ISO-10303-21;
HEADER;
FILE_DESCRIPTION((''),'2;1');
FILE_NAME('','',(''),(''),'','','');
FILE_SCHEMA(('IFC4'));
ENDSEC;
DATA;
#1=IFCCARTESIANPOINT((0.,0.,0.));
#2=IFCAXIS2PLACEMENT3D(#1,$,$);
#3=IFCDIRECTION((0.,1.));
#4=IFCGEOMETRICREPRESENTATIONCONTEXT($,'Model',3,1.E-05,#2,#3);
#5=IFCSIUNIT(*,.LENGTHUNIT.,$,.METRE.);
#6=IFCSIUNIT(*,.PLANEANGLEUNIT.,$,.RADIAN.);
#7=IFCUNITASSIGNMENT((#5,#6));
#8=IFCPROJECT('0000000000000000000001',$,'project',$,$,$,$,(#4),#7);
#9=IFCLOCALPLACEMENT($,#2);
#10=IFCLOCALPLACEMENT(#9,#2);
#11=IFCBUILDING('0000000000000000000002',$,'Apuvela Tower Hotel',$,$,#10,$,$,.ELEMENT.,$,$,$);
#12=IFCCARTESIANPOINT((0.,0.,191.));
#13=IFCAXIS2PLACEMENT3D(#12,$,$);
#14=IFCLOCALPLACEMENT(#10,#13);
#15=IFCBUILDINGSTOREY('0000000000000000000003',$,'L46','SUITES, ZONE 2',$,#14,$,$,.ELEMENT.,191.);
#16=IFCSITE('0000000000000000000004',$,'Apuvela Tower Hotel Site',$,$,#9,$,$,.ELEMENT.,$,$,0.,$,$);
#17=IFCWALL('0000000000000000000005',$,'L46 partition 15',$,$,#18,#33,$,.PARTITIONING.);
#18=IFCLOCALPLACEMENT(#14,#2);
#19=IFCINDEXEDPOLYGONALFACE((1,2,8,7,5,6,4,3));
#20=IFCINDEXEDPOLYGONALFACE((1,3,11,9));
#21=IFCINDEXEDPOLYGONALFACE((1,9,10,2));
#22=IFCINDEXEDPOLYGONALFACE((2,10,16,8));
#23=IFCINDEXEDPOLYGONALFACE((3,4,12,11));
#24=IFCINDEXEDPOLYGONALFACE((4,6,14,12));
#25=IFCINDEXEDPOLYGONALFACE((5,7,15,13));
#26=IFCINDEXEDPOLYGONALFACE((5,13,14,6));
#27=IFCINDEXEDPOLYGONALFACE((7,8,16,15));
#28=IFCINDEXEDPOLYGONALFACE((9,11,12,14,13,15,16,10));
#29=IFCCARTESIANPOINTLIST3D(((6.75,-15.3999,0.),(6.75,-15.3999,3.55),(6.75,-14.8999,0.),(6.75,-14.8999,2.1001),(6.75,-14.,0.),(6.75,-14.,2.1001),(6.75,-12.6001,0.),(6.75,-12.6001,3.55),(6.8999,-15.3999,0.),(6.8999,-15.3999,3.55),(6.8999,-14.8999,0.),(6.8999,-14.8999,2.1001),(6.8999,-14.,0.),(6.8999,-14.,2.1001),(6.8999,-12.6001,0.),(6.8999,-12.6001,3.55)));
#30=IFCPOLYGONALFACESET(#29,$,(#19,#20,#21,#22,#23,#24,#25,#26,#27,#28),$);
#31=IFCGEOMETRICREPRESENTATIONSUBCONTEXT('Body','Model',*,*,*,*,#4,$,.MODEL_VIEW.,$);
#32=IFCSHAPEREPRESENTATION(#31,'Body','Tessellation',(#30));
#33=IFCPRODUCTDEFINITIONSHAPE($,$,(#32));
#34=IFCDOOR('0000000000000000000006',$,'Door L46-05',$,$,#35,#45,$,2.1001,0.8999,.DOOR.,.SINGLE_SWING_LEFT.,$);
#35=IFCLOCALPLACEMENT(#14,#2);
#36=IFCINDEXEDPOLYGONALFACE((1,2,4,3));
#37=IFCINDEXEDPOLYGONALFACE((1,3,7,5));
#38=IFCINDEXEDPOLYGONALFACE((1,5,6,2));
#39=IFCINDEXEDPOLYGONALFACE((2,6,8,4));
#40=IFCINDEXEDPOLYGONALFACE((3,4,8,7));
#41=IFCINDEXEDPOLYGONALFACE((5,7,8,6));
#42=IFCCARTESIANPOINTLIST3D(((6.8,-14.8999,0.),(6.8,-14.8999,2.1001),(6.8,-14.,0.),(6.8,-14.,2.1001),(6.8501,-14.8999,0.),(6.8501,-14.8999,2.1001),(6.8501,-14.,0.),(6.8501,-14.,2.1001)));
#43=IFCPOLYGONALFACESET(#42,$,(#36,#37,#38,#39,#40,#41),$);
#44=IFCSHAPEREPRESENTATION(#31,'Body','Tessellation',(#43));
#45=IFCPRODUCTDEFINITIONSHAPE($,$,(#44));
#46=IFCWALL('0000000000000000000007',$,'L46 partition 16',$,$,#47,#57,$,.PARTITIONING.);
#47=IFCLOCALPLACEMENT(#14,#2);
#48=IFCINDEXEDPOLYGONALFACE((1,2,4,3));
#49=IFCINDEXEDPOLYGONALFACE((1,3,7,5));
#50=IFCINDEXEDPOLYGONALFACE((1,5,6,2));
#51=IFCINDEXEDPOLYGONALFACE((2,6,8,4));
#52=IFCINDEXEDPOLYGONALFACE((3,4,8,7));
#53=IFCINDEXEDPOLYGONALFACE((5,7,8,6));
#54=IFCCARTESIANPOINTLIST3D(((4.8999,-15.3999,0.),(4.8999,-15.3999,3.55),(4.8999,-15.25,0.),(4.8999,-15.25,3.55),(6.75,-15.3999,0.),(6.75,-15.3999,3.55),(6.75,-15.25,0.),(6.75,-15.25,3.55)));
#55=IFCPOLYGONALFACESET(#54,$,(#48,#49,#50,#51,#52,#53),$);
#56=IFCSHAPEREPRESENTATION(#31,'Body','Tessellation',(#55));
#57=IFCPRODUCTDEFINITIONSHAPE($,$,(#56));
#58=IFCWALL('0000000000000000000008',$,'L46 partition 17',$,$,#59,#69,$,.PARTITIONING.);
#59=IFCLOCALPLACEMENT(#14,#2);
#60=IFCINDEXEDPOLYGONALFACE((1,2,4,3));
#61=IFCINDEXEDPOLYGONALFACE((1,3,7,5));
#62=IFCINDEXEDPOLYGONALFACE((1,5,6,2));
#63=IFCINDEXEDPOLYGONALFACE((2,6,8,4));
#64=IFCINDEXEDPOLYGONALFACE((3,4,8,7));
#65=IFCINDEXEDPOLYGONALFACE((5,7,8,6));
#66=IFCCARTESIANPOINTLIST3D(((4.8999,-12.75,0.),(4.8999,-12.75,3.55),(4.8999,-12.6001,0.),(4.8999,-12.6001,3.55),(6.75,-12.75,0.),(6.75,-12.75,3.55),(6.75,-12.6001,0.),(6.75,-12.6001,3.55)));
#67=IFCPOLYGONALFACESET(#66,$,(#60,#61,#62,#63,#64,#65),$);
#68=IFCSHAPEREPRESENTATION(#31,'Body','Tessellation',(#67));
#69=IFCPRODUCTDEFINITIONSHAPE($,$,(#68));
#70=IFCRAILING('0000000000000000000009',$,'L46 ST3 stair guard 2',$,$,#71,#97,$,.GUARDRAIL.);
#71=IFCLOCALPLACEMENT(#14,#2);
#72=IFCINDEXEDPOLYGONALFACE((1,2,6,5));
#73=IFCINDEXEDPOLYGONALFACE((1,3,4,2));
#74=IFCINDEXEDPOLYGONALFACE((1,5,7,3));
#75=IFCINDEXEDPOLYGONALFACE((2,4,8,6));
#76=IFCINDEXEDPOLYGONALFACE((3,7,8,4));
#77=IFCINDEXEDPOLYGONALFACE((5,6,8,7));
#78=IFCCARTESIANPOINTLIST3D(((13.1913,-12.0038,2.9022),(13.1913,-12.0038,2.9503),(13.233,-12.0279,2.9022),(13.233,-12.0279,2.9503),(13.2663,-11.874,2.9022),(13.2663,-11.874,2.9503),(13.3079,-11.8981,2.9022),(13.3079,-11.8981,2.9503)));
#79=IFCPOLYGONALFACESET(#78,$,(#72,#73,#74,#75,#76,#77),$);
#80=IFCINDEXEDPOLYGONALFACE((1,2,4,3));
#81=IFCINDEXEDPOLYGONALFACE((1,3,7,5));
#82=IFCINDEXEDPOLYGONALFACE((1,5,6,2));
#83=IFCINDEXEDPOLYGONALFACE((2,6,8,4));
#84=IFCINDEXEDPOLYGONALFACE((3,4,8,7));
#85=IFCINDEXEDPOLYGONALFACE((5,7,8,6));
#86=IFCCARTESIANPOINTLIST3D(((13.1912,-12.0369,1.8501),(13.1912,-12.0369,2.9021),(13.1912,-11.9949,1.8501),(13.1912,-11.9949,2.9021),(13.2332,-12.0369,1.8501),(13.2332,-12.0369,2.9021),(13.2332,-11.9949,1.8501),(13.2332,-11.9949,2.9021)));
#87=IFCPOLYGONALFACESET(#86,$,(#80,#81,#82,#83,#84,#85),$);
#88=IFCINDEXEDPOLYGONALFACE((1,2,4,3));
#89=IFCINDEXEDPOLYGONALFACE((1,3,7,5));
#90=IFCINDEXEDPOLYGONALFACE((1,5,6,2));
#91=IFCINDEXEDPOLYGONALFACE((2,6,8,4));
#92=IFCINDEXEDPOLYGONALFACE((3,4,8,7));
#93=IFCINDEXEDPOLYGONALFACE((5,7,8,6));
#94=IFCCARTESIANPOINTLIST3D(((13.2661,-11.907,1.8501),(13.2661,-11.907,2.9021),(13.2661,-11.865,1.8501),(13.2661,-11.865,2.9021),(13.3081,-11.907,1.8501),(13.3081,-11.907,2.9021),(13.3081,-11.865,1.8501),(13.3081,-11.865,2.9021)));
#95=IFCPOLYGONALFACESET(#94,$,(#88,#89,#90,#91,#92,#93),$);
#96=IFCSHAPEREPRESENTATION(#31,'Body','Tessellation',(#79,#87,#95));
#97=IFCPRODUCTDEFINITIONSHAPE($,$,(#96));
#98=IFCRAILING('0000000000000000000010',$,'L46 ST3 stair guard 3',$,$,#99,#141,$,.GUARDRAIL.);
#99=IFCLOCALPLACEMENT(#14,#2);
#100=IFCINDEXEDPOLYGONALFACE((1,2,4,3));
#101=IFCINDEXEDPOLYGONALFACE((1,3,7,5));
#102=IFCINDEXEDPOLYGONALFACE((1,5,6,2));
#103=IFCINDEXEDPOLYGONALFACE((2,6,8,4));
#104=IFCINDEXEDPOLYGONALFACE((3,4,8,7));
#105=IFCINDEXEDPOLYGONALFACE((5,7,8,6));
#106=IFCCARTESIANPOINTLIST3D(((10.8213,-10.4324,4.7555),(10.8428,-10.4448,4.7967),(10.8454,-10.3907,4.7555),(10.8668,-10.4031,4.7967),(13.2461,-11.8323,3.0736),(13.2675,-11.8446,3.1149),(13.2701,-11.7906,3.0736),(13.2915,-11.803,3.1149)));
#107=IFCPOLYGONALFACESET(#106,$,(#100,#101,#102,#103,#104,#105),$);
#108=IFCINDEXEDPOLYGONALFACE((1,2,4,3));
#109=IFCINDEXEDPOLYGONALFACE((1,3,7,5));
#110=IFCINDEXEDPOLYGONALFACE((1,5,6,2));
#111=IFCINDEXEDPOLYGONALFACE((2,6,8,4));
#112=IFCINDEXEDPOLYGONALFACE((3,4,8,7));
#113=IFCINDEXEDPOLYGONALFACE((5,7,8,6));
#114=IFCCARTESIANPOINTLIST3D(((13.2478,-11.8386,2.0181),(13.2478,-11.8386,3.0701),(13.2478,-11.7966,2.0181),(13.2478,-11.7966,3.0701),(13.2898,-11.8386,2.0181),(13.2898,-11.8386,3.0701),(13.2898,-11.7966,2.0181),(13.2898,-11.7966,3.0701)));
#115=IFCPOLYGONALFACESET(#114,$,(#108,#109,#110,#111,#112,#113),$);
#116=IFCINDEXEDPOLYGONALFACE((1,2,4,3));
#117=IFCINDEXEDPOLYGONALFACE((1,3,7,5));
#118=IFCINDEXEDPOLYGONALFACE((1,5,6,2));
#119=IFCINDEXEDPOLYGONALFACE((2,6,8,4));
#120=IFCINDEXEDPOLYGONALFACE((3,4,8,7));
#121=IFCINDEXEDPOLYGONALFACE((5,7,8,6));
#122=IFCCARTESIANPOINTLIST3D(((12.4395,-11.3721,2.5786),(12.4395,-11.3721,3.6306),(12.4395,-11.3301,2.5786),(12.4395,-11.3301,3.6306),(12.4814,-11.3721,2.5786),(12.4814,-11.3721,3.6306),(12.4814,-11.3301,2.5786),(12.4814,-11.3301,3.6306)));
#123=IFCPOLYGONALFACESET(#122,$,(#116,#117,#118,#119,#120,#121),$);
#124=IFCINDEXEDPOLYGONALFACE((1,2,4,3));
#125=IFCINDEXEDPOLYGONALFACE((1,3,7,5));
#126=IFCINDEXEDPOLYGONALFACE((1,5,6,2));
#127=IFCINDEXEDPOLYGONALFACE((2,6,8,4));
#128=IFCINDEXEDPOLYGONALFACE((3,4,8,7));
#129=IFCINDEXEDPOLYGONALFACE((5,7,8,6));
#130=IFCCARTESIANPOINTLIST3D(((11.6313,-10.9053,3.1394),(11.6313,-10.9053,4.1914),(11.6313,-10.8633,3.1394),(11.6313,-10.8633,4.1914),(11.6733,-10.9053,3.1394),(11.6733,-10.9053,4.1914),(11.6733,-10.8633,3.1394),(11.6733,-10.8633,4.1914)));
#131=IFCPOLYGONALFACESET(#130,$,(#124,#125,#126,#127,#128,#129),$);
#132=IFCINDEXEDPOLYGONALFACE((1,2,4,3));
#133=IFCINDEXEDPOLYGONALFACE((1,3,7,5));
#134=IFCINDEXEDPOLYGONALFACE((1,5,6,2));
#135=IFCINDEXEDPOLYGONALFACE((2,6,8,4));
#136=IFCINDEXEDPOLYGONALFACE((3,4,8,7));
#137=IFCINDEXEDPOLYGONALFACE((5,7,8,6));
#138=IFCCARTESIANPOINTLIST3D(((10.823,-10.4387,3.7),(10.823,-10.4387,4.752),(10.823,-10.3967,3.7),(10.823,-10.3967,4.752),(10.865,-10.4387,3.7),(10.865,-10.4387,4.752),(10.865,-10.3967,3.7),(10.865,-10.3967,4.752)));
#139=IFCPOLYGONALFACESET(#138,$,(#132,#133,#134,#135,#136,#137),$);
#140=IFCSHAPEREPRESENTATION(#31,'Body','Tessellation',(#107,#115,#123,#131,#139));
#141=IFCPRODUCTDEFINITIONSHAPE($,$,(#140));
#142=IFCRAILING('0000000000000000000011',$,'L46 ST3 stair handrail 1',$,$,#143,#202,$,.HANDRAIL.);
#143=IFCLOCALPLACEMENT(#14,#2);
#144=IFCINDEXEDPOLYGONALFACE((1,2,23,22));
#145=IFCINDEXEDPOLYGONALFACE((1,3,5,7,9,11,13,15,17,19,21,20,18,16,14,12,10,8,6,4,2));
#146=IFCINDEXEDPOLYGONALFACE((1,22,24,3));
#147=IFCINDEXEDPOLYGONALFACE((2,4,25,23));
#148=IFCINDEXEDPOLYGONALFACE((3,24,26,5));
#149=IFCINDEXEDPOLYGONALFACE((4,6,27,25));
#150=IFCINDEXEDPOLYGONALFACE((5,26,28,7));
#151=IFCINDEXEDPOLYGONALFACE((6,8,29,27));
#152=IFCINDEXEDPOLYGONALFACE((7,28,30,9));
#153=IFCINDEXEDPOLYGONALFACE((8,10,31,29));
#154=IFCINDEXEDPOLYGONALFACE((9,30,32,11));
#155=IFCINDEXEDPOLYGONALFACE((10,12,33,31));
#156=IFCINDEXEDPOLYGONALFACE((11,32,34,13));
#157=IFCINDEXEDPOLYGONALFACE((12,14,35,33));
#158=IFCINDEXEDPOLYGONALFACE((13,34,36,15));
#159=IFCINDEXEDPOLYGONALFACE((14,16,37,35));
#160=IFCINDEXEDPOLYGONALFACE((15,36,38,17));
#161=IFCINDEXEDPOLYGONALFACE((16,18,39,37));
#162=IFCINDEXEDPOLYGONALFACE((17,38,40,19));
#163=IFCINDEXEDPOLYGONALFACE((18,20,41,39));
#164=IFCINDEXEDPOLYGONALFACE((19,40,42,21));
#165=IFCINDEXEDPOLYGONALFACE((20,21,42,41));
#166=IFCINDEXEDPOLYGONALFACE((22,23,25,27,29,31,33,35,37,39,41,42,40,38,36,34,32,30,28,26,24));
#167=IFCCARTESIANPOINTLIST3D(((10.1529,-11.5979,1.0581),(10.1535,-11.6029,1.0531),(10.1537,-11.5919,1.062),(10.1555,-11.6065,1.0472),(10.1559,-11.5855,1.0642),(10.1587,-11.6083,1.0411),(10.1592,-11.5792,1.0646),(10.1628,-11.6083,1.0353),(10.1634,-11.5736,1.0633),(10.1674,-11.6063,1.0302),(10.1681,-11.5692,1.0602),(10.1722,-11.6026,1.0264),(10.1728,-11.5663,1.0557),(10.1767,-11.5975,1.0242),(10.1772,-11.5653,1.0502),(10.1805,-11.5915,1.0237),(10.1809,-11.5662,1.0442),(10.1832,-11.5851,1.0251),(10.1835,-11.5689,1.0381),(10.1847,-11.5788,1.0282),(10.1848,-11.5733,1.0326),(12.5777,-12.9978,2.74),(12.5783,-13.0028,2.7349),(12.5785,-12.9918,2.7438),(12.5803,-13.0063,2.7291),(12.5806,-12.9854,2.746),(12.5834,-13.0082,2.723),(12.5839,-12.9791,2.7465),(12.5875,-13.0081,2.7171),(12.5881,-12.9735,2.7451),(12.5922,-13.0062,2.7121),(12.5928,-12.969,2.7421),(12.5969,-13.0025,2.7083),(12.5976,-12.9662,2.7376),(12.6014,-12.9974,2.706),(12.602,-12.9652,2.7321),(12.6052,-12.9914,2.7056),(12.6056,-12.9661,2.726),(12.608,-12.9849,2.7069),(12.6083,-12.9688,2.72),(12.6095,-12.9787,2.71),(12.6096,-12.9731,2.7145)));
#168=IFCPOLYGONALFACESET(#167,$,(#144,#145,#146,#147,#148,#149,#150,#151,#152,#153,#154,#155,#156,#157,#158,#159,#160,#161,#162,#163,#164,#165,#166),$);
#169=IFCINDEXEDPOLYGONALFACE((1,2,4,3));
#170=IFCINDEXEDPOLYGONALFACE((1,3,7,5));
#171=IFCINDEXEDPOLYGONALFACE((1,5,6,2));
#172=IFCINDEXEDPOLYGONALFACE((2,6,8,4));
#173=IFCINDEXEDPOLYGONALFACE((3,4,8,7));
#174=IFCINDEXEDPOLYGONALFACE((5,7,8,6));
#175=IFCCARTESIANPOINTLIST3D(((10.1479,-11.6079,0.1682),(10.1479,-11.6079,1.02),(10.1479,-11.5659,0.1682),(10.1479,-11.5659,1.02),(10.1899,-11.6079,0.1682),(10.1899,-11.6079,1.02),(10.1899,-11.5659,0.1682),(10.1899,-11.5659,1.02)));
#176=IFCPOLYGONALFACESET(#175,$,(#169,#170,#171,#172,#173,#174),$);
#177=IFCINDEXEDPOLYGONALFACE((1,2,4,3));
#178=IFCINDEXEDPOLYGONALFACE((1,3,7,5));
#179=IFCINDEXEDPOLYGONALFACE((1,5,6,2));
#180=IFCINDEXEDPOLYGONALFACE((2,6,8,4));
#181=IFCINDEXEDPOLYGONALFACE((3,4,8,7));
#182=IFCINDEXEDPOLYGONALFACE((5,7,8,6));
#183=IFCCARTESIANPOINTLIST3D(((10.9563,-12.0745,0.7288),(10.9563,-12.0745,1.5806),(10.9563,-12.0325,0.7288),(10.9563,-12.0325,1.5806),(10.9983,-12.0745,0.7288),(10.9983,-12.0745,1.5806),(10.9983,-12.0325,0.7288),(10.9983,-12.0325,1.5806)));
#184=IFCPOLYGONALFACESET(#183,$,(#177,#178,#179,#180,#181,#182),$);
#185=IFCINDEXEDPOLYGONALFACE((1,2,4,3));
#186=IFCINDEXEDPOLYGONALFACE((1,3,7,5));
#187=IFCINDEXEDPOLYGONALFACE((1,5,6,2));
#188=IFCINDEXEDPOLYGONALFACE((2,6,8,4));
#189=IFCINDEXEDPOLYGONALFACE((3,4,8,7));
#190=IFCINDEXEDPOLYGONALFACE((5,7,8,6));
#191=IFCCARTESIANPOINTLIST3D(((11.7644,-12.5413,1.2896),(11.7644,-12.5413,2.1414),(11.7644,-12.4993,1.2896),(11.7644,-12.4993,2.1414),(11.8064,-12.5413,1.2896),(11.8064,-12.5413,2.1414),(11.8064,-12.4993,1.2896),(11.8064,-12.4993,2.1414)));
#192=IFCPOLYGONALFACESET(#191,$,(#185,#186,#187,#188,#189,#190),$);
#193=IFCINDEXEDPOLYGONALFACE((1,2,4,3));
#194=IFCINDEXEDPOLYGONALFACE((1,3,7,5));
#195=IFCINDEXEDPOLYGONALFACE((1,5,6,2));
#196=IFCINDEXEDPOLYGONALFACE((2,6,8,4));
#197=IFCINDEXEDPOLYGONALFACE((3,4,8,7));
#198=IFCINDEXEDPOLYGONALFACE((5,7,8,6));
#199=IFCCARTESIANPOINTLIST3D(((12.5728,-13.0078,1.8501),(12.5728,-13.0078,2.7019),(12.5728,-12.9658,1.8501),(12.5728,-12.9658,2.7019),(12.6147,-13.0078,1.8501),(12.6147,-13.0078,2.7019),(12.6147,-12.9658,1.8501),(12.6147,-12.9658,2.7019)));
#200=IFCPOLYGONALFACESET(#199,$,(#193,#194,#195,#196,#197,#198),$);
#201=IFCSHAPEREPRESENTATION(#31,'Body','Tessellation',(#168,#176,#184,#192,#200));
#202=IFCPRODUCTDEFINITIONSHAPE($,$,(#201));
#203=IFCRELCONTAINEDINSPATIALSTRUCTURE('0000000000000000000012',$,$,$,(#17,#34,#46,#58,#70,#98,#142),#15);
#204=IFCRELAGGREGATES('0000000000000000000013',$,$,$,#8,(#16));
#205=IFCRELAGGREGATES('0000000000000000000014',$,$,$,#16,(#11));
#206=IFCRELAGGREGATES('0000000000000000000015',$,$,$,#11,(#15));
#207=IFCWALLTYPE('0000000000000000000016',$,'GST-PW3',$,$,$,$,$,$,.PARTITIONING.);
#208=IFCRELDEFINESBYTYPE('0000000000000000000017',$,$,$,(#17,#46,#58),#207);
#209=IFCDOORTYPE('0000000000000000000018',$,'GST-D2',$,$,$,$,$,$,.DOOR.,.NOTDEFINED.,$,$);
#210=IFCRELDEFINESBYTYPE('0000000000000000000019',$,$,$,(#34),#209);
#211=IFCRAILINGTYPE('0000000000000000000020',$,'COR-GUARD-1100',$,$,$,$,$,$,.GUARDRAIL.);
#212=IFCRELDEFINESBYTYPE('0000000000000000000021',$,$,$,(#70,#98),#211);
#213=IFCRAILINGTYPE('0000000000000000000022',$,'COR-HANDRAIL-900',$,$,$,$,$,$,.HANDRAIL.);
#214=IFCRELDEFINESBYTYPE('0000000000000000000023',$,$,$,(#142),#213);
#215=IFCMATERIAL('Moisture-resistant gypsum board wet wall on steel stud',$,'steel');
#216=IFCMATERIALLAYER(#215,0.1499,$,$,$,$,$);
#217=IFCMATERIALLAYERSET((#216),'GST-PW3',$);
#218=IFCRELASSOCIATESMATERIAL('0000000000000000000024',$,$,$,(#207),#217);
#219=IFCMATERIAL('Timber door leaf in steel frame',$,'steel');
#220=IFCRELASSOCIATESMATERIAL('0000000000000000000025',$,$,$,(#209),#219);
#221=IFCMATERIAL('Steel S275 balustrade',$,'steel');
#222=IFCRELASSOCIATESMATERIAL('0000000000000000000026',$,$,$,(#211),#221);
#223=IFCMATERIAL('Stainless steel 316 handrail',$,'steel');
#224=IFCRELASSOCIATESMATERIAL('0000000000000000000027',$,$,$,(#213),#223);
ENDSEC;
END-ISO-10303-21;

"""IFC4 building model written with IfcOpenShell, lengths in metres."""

from ifc_helpers import new_model, si_unit, direction, frame, frame_2d, origin, origin_2d, place, context, subcontext, project, spatial, rectangle, circle, extrude, material, layer, layer_set, type_object, element, fill, save


model = new_model("IFC4")

# Units and contexts
model_context = context("Model", 3, precision=1e-05, world=origin(), true_north=direction((0.0, 1.0)))
body_context = subcontext(model_context, "Body", "Model", "MODEL_VIEW")
ifc_project = project(units=[si_unit("LENGTHUNIT", "METRE"), si_unit("PLANEANGLEUNIT", "RADIAN")], contexts=[model_context])

# Site, building, storey
site_placement = place(None, origin())
site = spatial("IfcSite", under=ifc_project, at=site_placement, Name="Apuvela Tower Hotel Site", CompositionType="ELEMENT", RefElevation=0.0)
building_placement = place(site_placement, origin())
building = spatial("IfcBuilding", under=site, at=building_placement, Name="Apuvela Tower Hotel", CompositionType="ELEMENT")
storey_placement = place(building_placement, frame((0.0, 0.0, 191.0)))
storey = spatial("IfcBuildingStorey", under=building, at=storey_placement, Name="L46", Description="SUITES, ZONE 2", CompositionType="ELEMENT", Elevation=191.0)

# Shared definitions
ifc_material_1 = material(Name="Moisture-resistant gypsum board wet wall on steel stud", Category="steel")
ifc_layer_1 = layer(ifc_material_1, 0.1499)
ifc_layer_set_1 = layer_set([ifc_layer_1], Name="GST-PW3")
wall_type_1 = type_object("IfcWallType", Name="GST-PW3", PredefinedType="PARTITIONING", material=ifc_layer_set_1)

# Wall, opening, door
wall_1_placement = place(storey_placement, frame((6.825, -15.3999, 0.0), z_axis=(0.0, 0.0, 1.0), x_axis=(0.0, 1.0, 0.0)))
wall_1 = element("IfcWall", 1, at=wall_1_placement, inside=storey, type_object=wall_type_1, Name="L46 partition 15", PredefinedType="PARTITIONING", context=body_context, shape_type="SweptSolid", body=[
    extrude(rectangle(XDim=2.7998, YDim=0.1499, at=frame_2d((1.3999, 0.0))), origin(), (0.0, 0.0, 1.0), 3.55),
])
opening_1_placement = place(wall_1_placement, frame((0.5, 0.0, 0.0)))
opening_1 = element("IfcOpeningElement", 2, at=opening_1_placement, cuts=wall_1, PredefinedType="OPENING", context=body_context, shape_type="SweptSolid", body=[
    extrude(rectangle(XDim=0.8999, YDim=2.1001, at=frame_2d((0.45, 1.05))), frame((0.0, 0.085, 0.0), z_axis=(0.0, -1.0, 0.0), x_axis=(1.0, 0.0, 0.0)), (0.0, 0.0, 1.0), 0.1699),
])
ifc_material_2 = material(Name="Timber door leaf in steel frame", Category="steel")
door_type_1 = type_object("IfcDoorType", Name="GST-D2", OperationType="NOTDEFINED", PredefinedType="DOOR", material=ifc_material_2)
door_1_placement = place(opening_1_placement, origin())
door_1 = element("IfcDoor", 3, at=door_1_placement, inside=storey, type_object=door_type_1, Name="Door L46-05", OperationType="SINGLE_SWING_LEFT", OverallHeight=2.1001, OverallWidth=0.8999, PredefinedType="DOOR", context=body_context, shape_type="SweptSolid", body=[
    extrude(rectangle(XDim=0.8999, YDim=2.1001, at=frame_2d((0.45, 1.05))), frame((0.0, 0.0249, 0.0), z_axis=(0.0, -1.0, 0.0), x_axis=(1.0, 0.0, 0.0)), (0.0, 0.0, 1.0), 0.05),
])
fill(opening_1, door_1)

# Walls
for number, where, z_axis, x_axis, name in (
    (4, (4.8999, -15.325, 0.0), (0.0, 0.0, 1.0), (1.0, 0.0, 0.0), "L46 partition 16"),
    (5, (4.8999, -12.675, 0.0), (0.0, 0.0, 1.0), (1.0, 0.0, 0.0), "L46 partition 17"),
):
    element("IfcWall", number, at=place(storey_placement, frame(where, z_axis=z_axis, x_axis=x_axis)), inside=storey, type_object=wall_type_1, Name=name, PredefinedType="PARTITIONING", context=body_context, shape_type="SweptSolid", body=[
        extrude(rectangle(XDim=1.8501, YDim=0.1499, at=frame_2d((0.925, 0.0))), origin(), (0.0, 0.0, 1.0), 3.55),
    ])

# Railings
ifc_material_3 = material(Name="Steel S275 balustrade", Category="steel")
railing_type_1 = type_object("IfcRailingType", Name="COR-GUARD-1100", PredefinedType="GUARDRAIL", material=ifc_material_3)
railing_1_placement = place(storey_placement, frame((13.2122, -12.0159, 1.8501)))
element("IfcRailing", 6, at=railing_1_placement, inside=storey, type_object=railing_type_1, Name="L46 ST3 stair guard 2", PredefinedType="GUARDRAIL", context=body_context, shape_type="SweptSolid", body=[
    extrude(rectangle(XDim=0.0481, YDim=0.0481, at=origin_2d()), frame((0.0, 0.0, 1.0762), z_axis=(0.499816, 0.866131, 0.0), x_axis=(-0.866131, 0.499816, 0.0)), (0.0, 0.0, 1.0), 0.1499),
    extrude(rectangle(XDim=0.042, YDim=0.042, at=origin_2d()), origin(), (0.0, 0.0, 1.0), 1.052),
    extrude(rectangle(XDim=0.042, YDim=0.042, at=origin_2d()), frame((0.075, 0.1299, 0.0)), (0.0, 0.0, 1.0), 1.052),
])
railing_2_placement = place(storey_placement, frame((13.2688, -11.8176, 2.0181)))
element("IfcRailing", 7, at=railing_2_placement, inside=storey, type_object=railing_type_1, Name="L46 ST3 stair guard 3", PredefinedType="GUARDRAIL", context=body_context, shape_type="SweptSolid", body=[
    extrude(rectangle(XDim=0.0481, YDim=0.0481, at=origin_2d()), frame((0.0, 0.0, 1.0762), z_axis=(-0.74239, 0.428601, 0.514934), x_axis=(-0.499984, -0.866035, 0.0)), (0.0, 0.0, 1.0), 3.2661),
    extrude(rectangle(XDim=0.042, YDim=0.042, at=origin_2d()), origin(), (0.0, 0.0, 1.0), 1.052),
    extrude(rectangle(XDim=0.042, YDim=0.042, at=origin_2d()), frame((-0.8083, 0.4666, 0.5605)), (0.0, 0.0, 1.0), 1.052),
    extrude(rectangle(XDim=0.042, YDim=0.042, at=origin_2d()), frame((-1.6165, 0.9333, 1.1213)), (0.0, 0.0, 1.0), 1.052),
    extrude(rectangle(XDim=0.042, YDim=0.042, at=origin_2d()), frame((-2.4248, 1.3999, 1.6819)), (0.0, 0.0, 1.0), 1.052),
])
ifc_material_4 = material(Name="Stainless steel 316 handrail", Category="steel")
railing_type_2 = type_object("IfcRailingType", Name="COR-HANDRAIL-900", PredefinedType="HANDRAIL", material=ifc_material_4)
railing_3_placement = place(storey_placement, frame((10.1689, -11.5869, 0.1682)))
element("IfcRailing", 8, at=railing_3_placement, inside=storey, type_object=railing_type_2, Name="L46 ST3 stair handrail 1", PredefinedType="HANDRAIL", context=body_context, shape_type="SweptSolid", body=[
    extrude(circle(Radius=0.0239, at=origin_2d()), frame((0.0, 0.0, 0.876), z_axis=(0.74239, -0.428601, 0.514934), x_axis=(0.499984, 0.866035, 0.0)), (0.0, 0.0, 1.0), 3.2661),
    extrude(rectangle(XDim=0.042, YDim=0.042, at=origin_2d()), origin(), (0.0, 0.0, 1.0), 0.8518),
    extrude(rectangle(XDim=0.042, YDim=0.042, at=origin_2d()), frame((0.8083, -0.4666, 0.5605)), (0.0, 0.0, 1.0), 0.8518),
    extrude(rectangle(XDim=0.042, YDim=0.042, at=origin_2d()), frame((1.6165, -0.9333, 1.1213)), (0.0, 0.0, 1.0), 0.8518),
    extrude(rectangle(XDim=0.042, YDim=0.042, at=origin_2d()), frame((2.4248, -1.3999, 1.6819)), (0.0, 0.0, 1.0), 0.8518),
])

save(model, "model.ifc")
